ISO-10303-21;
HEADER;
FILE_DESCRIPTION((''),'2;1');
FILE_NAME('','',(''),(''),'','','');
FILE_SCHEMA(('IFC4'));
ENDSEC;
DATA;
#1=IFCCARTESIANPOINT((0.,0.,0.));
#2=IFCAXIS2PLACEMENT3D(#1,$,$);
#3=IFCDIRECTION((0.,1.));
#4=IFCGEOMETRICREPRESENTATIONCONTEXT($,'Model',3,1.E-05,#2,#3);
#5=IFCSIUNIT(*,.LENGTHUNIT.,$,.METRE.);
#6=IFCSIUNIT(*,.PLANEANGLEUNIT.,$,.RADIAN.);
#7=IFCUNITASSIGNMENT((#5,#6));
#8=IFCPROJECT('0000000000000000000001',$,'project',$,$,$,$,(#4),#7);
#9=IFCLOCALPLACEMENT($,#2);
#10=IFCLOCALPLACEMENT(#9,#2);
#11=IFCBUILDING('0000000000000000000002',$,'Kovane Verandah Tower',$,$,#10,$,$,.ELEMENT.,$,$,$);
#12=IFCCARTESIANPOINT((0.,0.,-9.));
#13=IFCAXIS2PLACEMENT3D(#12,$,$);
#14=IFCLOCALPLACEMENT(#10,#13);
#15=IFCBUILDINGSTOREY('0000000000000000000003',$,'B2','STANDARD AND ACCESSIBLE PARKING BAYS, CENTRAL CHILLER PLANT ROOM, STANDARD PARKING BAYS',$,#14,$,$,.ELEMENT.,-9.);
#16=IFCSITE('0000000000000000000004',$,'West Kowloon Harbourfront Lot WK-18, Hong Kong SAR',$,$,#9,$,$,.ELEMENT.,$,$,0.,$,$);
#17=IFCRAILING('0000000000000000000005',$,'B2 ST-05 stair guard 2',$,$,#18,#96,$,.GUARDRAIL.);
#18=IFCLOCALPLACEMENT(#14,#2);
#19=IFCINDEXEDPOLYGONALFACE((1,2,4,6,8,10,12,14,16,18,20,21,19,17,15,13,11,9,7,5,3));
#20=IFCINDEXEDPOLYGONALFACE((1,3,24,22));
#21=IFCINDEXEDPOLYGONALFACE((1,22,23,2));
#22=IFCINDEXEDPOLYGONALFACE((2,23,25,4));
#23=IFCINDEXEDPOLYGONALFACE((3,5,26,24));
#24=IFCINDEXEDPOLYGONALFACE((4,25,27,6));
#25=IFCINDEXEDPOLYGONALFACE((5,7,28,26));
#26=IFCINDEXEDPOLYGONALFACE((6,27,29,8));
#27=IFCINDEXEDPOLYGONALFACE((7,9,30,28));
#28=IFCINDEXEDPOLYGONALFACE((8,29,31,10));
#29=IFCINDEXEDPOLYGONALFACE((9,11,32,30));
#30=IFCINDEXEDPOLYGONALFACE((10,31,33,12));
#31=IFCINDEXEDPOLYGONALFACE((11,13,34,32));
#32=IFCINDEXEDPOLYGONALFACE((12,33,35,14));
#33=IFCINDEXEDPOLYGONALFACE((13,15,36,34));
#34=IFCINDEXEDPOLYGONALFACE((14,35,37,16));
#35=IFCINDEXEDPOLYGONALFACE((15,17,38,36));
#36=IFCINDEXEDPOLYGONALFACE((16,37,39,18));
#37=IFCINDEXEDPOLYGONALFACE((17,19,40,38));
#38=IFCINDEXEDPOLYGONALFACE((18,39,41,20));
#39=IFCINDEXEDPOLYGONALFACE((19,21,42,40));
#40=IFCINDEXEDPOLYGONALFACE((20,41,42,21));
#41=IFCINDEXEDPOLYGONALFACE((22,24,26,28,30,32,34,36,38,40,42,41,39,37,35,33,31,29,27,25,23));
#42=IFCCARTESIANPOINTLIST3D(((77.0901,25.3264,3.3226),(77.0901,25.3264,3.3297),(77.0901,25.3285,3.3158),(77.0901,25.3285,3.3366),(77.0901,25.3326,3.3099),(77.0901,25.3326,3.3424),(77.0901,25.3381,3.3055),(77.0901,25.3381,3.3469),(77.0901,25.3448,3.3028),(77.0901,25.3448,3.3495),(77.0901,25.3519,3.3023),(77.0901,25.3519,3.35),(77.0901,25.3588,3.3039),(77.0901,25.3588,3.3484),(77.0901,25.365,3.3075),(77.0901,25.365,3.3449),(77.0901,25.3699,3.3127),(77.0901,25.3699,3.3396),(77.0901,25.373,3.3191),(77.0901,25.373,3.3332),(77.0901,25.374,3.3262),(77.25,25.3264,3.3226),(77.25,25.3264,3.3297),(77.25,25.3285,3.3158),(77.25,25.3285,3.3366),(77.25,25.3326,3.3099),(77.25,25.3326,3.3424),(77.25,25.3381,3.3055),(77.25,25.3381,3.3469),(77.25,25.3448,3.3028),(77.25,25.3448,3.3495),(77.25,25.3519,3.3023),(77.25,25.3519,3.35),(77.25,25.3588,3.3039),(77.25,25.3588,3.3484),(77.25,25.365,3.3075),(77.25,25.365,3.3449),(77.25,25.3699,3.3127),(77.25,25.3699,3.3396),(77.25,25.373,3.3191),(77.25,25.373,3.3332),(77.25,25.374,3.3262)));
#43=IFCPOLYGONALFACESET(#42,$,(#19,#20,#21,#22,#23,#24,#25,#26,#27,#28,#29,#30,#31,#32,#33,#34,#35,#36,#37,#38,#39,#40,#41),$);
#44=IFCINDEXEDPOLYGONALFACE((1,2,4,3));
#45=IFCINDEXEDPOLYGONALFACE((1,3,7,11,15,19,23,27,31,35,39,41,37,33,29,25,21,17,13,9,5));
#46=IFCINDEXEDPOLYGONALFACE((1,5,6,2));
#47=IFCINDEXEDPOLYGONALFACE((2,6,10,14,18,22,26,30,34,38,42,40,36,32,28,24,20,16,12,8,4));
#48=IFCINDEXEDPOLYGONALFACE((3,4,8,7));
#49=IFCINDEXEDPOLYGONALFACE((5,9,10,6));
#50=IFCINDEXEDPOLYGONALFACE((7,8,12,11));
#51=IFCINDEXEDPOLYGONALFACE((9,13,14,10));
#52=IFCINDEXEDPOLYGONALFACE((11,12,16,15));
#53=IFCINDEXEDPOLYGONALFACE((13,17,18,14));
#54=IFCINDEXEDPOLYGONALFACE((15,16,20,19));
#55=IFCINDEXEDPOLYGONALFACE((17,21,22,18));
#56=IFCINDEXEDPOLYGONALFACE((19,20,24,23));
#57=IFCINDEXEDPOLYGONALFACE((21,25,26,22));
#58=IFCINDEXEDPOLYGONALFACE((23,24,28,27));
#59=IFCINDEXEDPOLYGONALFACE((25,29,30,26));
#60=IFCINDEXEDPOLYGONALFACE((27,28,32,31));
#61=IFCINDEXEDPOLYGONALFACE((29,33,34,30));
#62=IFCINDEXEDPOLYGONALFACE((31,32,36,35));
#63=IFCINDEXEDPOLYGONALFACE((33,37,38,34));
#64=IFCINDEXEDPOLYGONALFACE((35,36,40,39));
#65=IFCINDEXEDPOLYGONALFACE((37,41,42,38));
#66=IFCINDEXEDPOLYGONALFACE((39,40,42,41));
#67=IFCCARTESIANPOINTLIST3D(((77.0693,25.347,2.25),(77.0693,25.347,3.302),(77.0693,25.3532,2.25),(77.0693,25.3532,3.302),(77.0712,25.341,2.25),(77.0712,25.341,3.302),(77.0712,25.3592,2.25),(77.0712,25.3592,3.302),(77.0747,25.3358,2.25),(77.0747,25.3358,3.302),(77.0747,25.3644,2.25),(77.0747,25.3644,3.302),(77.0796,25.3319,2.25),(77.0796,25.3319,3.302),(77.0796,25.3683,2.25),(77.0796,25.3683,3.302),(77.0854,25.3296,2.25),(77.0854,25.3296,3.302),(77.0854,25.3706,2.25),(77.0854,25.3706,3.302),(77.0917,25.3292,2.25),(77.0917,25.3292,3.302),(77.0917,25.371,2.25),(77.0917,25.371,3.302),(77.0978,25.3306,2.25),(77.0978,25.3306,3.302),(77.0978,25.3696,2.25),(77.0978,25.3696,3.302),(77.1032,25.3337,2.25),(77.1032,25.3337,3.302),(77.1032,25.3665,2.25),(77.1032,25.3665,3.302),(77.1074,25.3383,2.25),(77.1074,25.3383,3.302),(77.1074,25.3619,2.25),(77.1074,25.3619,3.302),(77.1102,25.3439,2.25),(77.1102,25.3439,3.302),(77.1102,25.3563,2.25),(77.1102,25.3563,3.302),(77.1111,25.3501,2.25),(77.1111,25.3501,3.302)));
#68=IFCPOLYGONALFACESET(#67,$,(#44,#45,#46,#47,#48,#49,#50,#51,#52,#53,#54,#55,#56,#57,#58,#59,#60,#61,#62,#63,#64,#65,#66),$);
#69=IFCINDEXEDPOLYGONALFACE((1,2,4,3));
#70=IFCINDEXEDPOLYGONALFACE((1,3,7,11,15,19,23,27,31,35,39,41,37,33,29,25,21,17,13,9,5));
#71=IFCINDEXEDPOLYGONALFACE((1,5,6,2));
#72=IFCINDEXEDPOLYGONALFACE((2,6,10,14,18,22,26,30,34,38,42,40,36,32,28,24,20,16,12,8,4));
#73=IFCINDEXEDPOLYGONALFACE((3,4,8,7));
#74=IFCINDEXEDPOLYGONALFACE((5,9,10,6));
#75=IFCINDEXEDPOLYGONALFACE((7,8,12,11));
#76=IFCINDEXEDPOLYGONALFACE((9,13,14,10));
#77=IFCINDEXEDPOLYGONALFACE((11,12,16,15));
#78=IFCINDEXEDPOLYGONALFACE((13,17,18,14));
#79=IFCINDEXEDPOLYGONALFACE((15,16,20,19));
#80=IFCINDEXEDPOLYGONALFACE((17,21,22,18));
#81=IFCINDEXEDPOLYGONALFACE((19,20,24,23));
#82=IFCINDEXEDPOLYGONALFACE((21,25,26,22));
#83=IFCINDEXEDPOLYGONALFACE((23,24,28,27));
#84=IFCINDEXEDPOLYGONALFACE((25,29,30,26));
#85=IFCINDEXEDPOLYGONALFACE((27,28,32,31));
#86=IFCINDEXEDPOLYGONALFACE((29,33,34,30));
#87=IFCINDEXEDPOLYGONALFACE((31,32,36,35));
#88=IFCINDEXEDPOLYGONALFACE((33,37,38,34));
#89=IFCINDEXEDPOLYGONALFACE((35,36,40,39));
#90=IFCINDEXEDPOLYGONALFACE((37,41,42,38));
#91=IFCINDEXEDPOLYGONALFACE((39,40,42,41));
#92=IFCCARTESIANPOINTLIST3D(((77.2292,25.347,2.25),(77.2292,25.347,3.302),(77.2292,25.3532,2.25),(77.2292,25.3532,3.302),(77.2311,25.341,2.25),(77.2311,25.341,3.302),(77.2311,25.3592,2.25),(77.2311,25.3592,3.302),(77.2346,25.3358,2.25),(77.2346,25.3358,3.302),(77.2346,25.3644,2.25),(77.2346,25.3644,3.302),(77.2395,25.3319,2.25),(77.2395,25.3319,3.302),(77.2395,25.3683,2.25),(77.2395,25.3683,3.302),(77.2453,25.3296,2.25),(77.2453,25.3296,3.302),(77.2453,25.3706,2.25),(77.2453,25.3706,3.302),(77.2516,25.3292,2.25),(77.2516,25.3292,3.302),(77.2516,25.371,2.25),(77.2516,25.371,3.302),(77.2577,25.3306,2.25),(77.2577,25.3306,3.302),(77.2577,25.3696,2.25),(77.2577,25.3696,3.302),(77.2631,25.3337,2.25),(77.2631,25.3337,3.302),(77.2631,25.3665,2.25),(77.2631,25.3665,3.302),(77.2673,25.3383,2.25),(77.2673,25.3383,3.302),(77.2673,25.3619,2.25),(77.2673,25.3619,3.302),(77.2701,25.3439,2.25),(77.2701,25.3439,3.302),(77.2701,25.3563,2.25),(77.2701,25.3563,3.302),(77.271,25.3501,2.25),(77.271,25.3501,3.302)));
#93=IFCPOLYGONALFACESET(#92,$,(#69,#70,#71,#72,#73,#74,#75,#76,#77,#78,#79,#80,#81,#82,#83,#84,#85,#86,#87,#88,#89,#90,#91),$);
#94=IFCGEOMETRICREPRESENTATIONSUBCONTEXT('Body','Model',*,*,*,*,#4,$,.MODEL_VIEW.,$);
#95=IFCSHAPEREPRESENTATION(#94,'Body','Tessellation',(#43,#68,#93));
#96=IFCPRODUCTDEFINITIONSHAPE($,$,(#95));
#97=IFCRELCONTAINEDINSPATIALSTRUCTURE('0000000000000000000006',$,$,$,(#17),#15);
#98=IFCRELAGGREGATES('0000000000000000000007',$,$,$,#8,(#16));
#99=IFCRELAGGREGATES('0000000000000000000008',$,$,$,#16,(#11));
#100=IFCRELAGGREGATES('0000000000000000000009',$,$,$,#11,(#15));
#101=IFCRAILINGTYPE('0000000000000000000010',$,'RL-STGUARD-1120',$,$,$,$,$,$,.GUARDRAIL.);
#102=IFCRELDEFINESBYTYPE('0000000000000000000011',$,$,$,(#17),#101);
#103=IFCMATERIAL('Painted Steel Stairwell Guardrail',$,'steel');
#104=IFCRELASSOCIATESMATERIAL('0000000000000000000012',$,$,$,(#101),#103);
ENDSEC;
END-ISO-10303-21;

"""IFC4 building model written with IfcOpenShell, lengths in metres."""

from ifc_helpers import new_model, si_unit, direction, frame, origin, origin_2d, place, context, subcontext, project, spatial, circle, extrude, material, type_object, element, save


model = new_model("IFC4")

# Units and contexts
model_context = context("Model", 3, precision=1e-05, world=origin(), true_north=direction((0.0, 1.0)))
body_context = subcontext(model_context, "Body", "Model", "MODEL_VIEW")
ifc_project = project(units=[si_unit("LENGTHUNIT", "METRE"), si_unit("PLANEANGLEUNIT", "RADIAN")], contexts=[model_context])

# Site, building, storey
site_placement = place(None, origin())
site = spatial("IfcSite", under=ifc_project, at=site_placement, Name="West Kowloon Harbourfront Lot WK-18, Hong Kong SAR", CompositionType="ELEMENT", RefElevation=0.0)
building_placement = place(site_placement, origin())
building = spatial("IfcBuilding", under=site, at=building_placement, Name="Kovane Verandah Tower", CompositionType="ELEMENT")
storey_placement = place(building_placement, frame((0.0, 0.0, -9.0)))
storey = spatial("IfcBuildingStorey", under=building, at=storey_placement, Name="B2", Description="STANDARD AND ACCESSIBLE PARKING BAYS, CENTRAL CHILLER PLANT ROOM, STANDARD PARKING BAYS", CompositionType="ELEMENT", Elevation=-9.0)

# Railing
ifc_material_1 = material(Name="Painted Steel Stairwell Guardrail", Category="steel")
railing_type_1 = type_object("IfcRailingType", Name="RL-STGUARD-1120", PredefinedType="GUARDRAIL", material=ifc_material_1)
railing_1_placement = place(storey_placement, frame((77.0901, 25.3501, 2.25)))
element("IfcRailing", 1, at=railing_1_placement, inside=storey, type_object=railing_type_1, Name="B2 ST-05 stair guard 2", PredefinedType="GUARDRAIL", context=body_context, shape_type="SweptSolid", body=[
    extrude(circle(Radius=0.0239, at=origin_2d()), frame((0.0, 0.0, 1.0762), z_axis=(1.0, 0.0, 0.0), x_axis=(0.0, 1.0, 0.0)), (0.0, 0.0, 1.0), 0.1599),
    extrude(circle(Radius=0.021, at=origin_2d()), origin(), (0.0, 0.0, 1.0), 1.052),
    extrude(circle(Radius=0.021, at=origin_2d()), frame((0.1599, 0.0, 0.0)), (0.0, 0.0, 1.0), 1.052),
])

save(model, "model.ifc")
